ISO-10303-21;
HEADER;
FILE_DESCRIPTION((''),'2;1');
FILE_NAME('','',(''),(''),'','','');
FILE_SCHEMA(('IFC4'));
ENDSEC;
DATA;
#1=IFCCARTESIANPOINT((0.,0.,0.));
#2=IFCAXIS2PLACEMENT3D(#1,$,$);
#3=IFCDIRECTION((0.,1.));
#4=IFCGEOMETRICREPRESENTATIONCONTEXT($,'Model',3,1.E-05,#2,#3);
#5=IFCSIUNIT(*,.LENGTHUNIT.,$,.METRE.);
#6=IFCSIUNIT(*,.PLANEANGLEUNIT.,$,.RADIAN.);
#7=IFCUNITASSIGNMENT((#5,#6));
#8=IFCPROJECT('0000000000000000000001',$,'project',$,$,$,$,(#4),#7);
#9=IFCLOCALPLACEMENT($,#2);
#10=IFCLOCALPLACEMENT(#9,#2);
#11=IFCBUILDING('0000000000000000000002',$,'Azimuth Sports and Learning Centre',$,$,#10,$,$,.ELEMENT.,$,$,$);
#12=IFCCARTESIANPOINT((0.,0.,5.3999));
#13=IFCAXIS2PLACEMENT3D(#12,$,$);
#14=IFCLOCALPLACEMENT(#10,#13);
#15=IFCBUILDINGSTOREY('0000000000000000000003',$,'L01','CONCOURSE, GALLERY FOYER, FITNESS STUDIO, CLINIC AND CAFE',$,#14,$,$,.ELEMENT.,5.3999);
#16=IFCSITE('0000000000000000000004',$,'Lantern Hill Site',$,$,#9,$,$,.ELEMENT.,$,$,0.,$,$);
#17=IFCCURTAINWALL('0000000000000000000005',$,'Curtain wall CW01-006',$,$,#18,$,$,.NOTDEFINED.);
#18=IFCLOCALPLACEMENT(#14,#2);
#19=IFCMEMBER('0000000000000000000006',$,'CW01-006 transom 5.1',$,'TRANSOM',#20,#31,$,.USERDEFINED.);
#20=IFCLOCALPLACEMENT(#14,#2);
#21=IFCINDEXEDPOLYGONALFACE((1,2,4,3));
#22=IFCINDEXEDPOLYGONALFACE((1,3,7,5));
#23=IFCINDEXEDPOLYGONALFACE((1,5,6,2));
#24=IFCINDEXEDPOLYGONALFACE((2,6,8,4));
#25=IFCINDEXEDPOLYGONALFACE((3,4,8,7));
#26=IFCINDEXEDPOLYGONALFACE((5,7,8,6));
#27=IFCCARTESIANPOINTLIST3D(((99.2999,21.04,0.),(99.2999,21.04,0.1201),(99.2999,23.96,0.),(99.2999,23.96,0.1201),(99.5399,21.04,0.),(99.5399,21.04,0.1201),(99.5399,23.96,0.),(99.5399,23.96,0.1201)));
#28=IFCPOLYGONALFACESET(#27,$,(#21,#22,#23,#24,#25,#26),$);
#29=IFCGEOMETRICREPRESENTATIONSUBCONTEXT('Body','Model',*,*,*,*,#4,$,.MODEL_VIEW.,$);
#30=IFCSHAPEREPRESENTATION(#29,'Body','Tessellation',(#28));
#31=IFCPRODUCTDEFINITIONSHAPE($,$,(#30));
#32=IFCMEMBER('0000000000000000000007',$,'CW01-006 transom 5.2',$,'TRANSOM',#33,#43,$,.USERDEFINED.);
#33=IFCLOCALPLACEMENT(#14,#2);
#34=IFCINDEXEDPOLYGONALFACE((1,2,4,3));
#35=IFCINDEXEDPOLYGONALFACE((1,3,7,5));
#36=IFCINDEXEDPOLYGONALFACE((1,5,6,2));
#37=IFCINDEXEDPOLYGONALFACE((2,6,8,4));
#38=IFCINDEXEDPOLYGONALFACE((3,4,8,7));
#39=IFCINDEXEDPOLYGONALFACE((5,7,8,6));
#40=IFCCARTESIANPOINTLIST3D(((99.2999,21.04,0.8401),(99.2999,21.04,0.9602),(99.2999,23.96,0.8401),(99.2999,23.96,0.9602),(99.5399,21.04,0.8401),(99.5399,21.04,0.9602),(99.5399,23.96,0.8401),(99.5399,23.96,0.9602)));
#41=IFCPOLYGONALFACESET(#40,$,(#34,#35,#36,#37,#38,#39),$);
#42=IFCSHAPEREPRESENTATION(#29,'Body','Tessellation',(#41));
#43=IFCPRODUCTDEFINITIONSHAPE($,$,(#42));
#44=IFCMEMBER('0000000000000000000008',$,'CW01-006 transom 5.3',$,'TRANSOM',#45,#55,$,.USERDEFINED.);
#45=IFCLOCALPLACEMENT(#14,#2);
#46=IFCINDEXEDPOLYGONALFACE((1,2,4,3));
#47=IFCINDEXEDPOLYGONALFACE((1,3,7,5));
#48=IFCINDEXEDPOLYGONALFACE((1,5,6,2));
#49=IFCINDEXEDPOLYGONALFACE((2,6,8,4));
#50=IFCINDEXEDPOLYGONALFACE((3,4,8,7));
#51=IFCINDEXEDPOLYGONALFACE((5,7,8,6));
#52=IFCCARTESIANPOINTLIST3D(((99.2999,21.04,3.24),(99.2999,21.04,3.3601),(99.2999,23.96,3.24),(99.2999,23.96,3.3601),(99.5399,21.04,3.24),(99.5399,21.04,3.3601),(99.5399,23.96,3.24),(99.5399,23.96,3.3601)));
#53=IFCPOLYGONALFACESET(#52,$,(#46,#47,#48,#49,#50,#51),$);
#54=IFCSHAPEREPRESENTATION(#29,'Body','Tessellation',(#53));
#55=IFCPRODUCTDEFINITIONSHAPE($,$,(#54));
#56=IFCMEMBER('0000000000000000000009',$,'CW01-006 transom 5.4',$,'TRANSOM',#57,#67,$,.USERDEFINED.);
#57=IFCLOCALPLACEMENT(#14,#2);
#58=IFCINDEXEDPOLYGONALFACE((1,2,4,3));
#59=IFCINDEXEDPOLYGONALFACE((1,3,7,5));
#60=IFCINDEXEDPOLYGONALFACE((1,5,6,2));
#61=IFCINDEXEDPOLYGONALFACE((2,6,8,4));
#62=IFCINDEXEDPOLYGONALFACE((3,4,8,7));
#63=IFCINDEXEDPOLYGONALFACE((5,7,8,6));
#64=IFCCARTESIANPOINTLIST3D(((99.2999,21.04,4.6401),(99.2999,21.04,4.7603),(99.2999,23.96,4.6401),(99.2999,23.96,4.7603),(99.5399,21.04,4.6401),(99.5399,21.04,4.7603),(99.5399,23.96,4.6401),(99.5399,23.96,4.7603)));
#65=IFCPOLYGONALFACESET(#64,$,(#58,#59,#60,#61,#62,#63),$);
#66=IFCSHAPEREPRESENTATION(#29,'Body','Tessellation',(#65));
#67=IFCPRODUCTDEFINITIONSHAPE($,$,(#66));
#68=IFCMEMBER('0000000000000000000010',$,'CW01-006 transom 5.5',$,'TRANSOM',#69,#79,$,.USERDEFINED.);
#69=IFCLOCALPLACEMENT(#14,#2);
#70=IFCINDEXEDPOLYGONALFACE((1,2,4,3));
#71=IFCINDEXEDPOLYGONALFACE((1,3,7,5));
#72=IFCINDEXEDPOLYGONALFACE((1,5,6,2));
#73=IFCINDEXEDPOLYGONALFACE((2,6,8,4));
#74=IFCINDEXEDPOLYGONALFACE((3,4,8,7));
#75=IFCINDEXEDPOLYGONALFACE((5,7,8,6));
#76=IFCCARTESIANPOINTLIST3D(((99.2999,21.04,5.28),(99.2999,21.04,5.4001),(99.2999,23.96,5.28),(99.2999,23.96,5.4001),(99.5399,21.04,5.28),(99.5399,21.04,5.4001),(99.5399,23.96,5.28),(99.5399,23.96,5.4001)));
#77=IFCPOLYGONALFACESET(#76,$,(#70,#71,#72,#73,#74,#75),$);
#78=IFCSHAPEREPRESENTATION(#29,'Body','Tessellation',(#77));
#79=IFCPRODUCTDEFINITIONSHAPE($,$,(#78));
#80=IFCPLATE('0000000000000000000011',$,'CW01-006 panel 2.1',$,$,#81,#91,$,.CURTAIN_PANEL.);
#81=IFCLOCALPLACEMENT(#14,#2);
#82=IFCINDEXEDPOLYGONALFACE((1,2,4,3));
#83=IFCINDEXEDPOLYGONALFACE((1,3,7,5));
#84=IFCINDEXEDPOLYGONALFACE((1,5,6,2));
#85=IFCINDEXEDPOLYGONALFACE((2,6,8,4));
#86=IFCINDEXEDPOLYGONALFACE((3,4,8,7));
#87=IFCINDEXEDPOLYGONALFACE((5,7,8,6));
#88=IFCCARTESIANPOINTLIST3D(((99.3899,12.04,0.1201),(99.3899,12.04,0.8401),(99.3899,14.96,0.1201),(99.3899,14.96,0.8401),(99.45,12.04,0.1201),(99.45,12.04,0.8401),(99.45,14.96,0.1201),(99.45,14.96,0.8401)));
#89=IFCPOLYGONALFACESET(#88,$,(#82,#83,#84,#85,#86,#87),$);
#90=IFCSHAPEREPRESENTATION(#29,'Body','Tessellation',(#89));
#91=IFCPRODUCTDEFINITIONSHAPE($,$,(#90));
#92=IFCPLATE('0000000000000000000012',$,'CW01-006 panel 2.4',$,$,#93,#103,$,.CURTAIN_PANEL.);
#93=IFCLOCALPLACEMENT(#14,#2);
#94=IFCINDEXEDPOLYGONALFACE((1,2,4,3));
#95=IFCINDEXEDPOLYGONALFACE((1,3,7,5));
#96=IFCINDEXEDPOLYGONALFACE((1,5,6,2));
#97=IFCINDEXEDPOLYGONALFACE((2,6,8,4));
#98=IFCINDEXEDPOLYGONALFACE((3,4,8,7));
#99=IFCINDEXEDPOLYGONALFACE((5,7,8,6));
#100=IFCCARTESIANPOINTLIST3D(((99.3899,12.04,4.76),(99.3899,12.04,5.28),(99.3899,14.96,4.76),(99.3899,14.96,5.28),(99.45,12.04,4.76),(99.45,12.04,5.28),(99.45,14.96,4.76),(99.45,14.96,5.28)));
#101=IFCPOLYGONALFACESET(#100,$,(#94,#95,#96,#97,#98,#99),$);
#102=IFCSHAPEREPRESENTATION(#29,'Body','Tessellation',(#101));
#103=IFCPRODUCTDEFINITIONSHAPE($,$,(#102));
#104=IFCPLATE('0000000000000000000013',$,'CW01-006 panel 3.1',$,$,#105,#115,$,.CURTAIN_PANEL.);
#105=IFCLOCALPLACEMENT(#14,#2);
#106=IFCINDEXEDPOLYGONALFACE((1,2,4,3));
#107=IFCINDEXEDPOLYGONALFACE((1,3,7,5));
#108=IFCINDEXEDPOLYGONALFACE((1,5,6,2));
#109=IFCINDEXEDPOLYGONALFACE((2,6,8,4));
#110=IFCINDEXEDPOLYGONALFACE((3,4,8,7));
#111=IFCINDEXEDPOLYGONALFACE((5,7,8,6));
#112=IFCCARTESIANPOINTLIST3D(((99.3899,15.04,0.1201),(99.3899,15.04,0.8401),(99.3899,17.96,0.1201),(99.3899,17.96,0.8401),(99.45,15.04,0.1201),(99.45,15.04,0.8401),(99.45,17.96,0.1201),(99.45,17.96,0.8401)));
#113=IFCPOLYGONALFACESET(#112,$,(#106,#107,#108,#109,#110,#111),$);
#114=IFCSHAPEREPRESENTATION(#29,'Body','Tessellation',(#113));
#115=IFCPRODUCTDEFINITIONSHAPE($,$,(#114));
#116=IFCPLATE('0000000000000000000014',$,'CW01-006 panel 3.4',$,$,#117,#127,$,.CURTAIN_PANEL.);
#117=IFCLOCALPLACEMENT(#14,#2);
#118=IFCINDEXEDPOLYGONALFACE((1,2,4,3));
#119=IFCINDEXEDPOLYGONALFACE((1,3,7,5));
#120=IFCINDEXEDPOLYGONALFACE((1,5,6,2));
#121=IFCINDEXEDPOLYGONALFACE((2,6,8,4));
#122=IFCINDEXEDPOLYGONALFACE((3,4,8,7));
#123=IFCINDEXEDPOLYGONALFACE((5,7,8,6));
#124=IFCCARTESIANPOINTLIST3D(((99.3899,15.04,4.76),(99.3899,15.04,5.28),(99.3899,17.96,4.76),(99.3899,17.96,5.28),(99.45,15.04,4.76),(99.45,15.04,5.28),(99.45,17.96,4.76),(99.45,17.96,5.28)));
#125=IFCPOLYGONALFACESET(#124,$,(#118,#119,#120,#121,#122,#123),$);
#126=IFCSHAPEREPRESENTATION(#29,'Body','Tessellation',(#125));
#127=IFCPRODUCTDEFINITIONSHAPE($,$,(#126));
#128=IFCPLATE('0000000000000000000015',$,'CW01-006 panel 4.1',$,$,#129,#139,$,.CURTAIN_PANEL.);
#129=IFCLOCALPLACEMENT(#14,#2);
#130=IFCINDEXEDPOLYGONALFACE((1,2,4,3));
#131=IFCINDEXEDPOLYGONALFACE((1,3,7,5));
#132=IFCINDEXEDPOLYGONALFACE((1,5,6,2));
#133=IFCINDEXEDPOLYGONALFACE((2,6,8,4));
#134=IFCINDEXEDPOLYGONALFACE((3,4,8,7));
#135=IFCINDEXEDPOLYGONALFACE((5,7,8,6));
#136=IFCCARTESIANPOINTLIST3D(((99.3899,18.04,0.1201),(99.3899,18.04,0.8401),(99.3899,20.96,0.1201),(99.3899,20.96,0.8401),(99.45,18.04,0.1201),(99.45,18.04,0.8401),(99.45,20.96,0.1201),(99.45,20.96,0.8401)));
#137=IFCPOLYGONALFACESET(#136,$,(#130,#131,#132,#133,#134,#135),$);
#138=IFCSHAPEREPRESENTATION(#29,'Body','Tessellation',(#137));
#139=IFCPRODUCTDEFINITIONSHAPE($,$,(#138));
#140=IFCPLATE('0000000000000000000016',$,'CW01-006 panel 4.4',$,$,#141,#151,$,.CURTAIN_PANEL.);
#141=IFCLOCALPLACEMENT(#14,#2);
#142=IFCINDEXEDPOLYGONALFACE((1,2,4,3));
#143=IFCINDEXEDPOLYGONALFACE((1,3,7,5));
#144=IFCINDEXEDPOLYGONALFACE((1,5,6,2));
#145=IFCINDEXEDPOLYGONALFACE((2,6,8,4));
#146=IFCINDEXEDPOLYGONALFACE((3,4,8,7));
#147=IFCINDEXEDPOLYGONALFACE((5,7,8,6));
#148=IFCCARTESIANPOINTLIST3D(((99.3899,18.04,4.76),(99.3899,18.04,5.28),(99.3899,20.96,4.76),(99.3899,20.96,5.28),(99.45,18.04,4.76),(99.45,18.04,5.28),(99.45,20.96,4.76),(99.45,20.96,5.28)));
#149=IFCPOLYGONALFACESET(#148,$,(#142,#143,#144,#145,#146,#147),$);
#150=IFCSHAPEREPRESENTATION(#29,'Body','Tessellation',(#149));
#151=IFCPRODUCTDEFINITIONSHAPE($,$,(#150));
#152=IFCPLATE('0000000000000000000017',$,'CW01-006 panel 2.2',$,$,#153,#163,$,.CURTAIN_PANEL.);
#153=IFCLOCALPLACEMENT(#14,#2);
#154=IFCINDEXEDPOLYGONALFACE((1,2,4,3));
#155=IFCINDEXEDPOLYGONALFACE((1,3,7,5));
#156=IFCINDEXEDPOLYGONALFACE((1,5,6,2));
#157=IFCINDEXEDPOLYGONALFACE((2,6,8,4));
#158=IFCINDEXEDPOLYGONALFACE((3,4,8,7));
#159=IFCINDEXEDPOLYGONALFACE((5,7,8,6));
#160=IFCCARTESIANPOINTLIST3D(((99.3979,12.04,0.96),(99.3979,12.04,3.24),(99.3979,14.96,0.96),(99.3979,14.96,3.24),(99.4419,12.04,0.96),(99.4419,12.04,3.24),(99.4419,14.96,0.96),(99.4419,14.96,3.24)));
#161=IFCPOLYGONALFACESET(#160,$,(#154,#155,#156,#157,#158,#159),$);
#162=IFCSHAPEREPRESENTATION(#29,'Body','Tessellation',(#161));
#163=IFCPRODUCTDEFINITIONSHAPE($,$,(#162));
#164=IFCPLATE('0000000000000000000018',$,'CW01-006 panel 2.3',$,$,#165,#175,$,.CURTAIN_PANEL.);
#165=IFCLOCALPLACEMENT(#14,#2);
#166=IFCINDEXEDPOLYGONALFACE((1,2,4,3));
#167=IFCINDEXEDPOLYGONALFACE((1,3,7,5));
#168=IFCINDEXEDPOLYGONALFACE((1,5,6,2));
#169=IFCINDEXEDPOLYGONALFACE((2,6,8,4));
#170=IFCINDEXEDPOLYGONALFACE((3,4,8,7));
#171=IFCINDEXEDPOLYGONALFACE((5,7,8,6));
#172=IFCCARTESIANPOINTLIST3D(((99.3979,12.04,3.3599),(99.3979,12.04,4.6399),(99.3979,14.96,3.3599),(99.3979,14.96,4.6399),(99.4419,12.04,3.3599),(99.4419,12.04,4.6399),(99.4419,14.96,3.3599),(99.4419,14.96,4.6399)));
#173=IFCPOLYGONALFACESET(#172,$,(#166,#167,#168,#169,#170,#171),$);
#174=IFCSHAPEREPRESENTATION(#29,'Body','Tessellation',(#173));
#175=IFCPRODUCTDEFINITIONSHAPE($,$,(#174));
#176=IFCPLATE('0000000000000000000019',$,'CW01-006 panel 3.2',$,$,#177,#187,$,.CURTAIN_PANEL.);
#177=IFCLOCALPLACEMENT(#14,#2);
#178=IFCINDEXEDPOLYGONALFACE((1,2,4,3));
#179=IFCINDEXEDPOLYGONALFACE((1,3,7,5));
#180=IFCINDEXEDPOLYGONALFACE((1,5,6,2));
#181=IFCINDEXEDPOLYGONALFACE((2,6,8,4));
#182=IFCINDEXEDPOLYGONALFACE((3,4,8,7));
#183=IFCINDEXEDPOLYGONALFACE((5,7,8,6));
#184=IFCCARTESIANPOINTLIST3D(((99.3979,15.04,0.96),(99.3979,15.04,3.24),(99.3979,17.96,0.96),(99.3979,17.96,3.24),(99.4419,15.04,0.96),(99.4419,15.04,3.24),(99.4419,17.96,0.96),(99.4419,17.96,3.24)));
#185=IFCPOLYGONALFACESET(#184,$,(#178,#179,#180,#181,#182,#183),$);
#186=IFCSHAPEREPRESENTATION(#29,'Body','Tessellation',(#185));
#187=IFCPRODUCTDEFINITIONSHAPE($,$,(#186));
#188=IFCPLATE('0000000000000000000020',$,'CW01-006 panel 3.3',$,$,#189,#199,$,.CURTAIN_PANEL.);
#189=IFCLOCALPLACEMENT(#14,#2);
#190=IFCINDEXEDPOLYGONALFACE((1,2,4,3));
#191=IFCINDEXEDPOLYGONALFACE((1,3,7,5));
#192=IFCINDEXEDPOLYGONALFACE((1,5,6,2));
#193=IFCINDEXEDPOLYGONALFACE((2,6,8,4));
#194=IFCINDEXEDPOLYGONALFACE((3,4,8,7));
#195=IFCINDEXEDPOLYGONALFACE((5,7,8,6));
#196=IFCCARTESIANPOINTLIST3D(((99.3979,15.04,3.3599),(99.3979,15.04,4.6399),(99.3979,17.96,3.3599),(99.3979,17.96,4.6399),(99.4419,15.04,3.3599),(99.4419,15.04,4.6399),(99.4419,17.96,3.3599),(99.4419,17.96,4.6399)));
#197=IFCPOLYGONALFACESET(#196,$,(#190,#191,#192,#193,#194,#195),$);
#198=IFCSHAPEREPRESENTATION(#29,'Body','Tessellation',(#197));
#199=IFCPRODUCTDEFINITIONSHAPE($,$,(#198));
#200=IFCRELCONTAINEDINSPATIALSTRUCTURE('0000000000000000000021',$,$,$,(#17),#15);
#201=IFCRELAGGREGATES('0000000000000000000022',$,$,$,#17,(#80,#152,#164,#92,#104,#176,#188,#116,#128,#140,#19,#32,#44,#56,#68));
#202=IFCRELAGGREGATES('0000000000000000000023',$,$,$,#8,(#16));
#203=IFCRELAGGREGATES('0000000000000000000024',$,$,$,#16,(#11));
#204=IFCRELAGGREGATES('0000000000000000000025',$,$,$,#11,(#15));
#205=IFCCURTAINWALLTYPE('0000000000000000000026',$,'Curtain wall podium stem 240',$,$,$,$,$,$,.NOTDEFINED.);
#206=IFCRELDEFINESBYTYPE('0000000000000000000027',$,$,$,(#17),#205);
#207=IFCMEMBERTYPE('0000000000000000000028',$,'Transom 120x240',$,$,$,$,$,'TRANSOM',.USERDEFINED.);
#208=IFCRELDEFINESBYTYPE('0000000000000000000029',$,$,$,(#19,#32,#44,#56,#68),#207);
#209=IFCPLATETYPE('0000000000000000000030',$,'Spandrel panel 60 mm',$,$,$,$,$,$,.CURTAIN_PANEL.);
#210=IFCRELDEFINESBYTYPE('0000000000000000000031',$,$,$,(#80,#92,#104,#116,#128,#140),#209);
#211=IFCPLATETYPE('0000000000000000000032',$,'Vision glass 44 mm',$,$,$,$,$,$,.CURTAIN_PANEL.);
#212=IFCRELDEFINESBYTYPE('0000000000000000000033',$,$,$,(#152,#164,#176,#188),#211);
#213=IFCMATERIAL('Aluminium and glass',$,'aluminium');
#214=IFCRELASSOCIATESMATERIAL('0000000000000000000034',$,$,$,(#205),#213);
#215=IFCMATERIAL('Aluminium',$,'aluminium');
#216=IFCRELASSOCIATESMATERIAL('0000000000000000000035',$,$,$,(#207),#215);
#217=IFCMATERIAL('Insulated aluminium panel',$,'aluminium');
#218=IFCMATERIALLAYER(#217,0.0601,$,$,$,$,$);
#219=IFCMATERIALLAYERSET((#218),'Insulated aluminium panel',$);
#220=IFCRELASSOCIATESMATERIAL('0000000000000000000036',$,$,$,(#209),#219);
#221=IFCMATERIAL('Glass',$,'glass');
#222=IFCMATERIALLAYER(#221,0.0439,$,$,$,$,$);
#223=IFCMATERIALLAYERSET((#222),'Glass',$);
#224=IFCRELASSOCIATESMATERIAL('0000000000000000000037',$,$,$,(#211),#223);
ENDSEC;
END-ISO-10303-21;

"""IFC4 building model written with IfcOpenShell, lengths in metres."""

from ifc_helpers import new_model, si_unit, direction, frame, origin, origin_2d, place, context, subcontext, project, spatial, rectangle, extrude, material, layer, layer_set, material_profile, profile_set, type_object, element, aggregate, save


model = new_model("IFC4")

# Units and contexts
model_context = context("Model", 3, precision=1e-05, world=origin(), true_north=direction((0.0, 1.0)))
body_context = subcontext(model_context, "Body", "Model", "MODEL_VIEW")
ifc_project = project(units=[si_unit("LENGTHUNIT", "METRE"), si_unit("PLANEANGLEUNIT", "RADIAN")], contexts=[model_context])

# Site, building, storey
site_placement = place(None, origin())
site = spatial("IfcSite", under=ifc_project, at=site_placement, Name="Lantern Hill Site", CompositionType="ELEMENT", RefElevation=0.0)
building_placement = place(site_placement, origin())
building = spatial("IfcBuilding", under=site, at=building_placement, Name="Azimuth Sports and Learning Centre", CompositionType="ELEMENT")
storey_placement = place(building_placement, frame((0.0, 0.0, 5.3999)))
storey = spatial("IfcBuildingStorey", under=building, at=storey_placement, Name="L01", Description="CONCOURSE, GALLERY FOYER, FITNESS STUDIO, CLINIC AND CAFE", CompositionType="ELEMENT", Elevation=5.3999)

# Curtain wall, members, plates
ifc_material_1 = material(Name="Aluminium and glass", Category="aluminium")
curtain_wall_type = type_object("IfcCurtainWallType", Name="Curtain wall podium stem 240", PredefinedType="NOTDEFINED", material=ifc_material_1)
curtain_wall_placement = place(storey_placement, origin())
curtain_wall = element("IfcCurtainWall", 1, at=curtain_wall_placement, inside=storey, type_object=curtain_wall_type, Name="Curtain wall CW01-006", PredefinedType="NOTDEFINED")
ifc_material_2 = material(Name="Aluminium", Category="aluminium")
ifc_material_profile_1 = material_profile(ifc_material_2, rectangle(XDim=0.24, YDim=0.1201, at=origin_2d()), Name="Transom 120x240")
ifc_profile_set_1 = profile_set([ifc_material_profile_1], Name="Aluminium")
member_type_1 = type_object("IfcMemberType", Name="Transom 120x240", ElementType="TRANSOM", PredefinedType="USERDEFINED", material=ifc_profile_set_1)
member_1_placement = place(storey_placement, frame((99.4199, 21.04, 0.0601), z_axis=(0.0, 1.0, 0.0), x_axis=(-1.0, 0.0, 0.0)))
member_1 = element("IfcMember", 2, at=member_1_placement, type_object=member_type_1, Name="CW01-006 transom 5.1", ObjectType="TRANSOM", PredefinedType="USERDEFINED", context=body_context, shape_type="SweptSolid", body=[
    extrude(rectangle(XDim=0.24, YDim=0.1201, at=origin_2d()), origin(), (0.0, 0.0, 1.0), 2.9199),
])
member_2_placement = place(storey_placement, frame((99.4199, 21.04, 0.9001), z_axis=(0.0, 1.0, 0.0), x_axis=(-1.0, 0.0, 0.0)))
member_2 = element("IfcMember", 3, at=member_2_placement, type_object=member_type_1, Name="CW01-006 transom 5.2", ObjectType="TRANSOM", PredefinedType="USERDEFINED", context=body_context, shape_type="SweptSolid", body=[
    extrude(rectangle(XDim=0.24, YDim=0.1201, at=origin_2d()), origin(), (0.0, 0.0, 1.0), 2.9199),
])
member_3_placement = place(storey_placement, frame((99.4199, 21.04, 3.3), z_axis=(0.0, 1.0, 0.0), x_axis=(-1.0, 0.0, 0.0)))
member_3 = element("IfcMember", 4, at=member_3_placement, type_object=member_type_1, Name="CW01-006 transom 5.3", ObjectType="TRANSOM", PredefinedType="USERDEFINED", context=body_context, shape_type="SweptSolid", body=[
    extrude(rectangle(XDim=0.24, YDim=0.1201, at=origin_2d()), origin(), (0.0, 0.0, 1.0), 2.9199),
])
member_4_placement = place(storey_placement, frame((99.4199, 21.04, 4.7002), z_axis=(0.0, 1.0, 0.0), x_axis=(-1.0, 0.0, 0.0)))
member_4 = element("IfcMember", 5, at=member_4_placement, type_object=member_type_1, Name="CW01-006 transom 5.4", ObjectType="TRANSOM", PredefinedType="USERDEFINED", context=body_context, shape_type="SweptSolid", body=[
    extrude(rectangle(XDim=0.24, YDim=0.1201, at=origin_2d()), origin(), (0.0, 0.0, 1.0), 2.9199),
])
member_5_placement = place(storey_placement, frame((99.4199, 21.04, 5.3401), z_axis=(0.0, 1.0, 0.0), x_axis=(-1.0, 0.0, 0.0)))
member_5 = element("IfcMember", 6, at=member_5_placement, type_object=member_type_1, Name="CW01-006 transom 5.5", ObjectType="TRANSOM", PredefinedType="USERDEFINED", context=body_context, shape_type="SweptSolid", body=[
    extrude(rectangle(XDim=0.24, YDim=0.1201, at=origin_2d()), origin(), (0.0, 0.0, 1.0), 2.9199),
])
ifc_material_3 = material(Name="Insulated aluminium panel", Category="aluminium")
ifc_layer_1 = layer(ifc_material_3, 0.0601)
ifc_layer_set_1 = layer_set([ifc_layer_1], Name="Insulated aluminium panel")
plate_type_1 = type_object("IfcPlateType", Name="Spandrel panel 60 mm", PredefinedType="CURTAIN_PANEL", material=ifc_layer_set_1)
plate_1_placement = place(storey_placement, frame((99.4199, 13.5, 0.1201), z_axis=(0.0, 0.0, 1.0), x_axis=(0.0, 1.0, 0.0)))
plate_1 = element("IfcPlate", 7, at=plate_1_placement, type_object=plate_type_1, Name="CW01-006 panel 2.1", PredefinedType="CURTAIN_PANEL", context=body_context, shape_type="SweptSolid", body=[
    extrude(rectangle(XDim=2.9199, YDim=0.0601, at=origin_2d()), origin(), (0.0, 0.0, 1.0), 0.72),
])
plate_2_placement = place(storey_placement, frame((99.4199, 13.5, 4.76), z_axis=(0.0, 0.0, 1.0), x_axis=(0.0, 1.0, 0.0)))
plate_2 = element("IfcPlate", 8, at=plate_2_placement, type_object=plate_type_1, Name="CW01-006 panel 2.4", PredefinedType="CURTAIN_PANEL", context=body_context, shape_type="SweptSolid", body=[
    extrude(rectangle(XDim=2.9199, YDim=0.0601, at=origin_2d()), origin(), (0.0, 0.0, 1.0), 0.52),
])
plate_3_placement = place(storey_placement, frame((99.4199, 16.5, 0.1201), z_axis=(0.0, 0.0, 1.0), x_axis=(0.0, 1.0, 0.0)))
plate_3 = element("IfcPlate", 9, at=plate_3_placement, type_object=plate_type_1, Name="CW01-006 panel 3.1", PredefinedType="CURTAIN_PANEL", context=body_context, shape_type="SweptSolid", body=[
    extrude(rectangle(XDim=2.9199, YDim=0.0601, at=origin_2d()), origin(), (0.0, 0.0, 1.0), 0.72),
])
plate_4_placement = place(storey_placement, frame((99.4199, 16.5, 4.76), z_axis=(0.0, 0.0, 1.0), x_axis=(0.0, 1.0, 0.0)))
plate_4 = element("IfcPlate", 10, at=plate_4_placement, type_object=plate_type_1, Name="CW01-006 panel 3.4", PredefinedType="CURTAIN_PANEL", context=body_context, shape_type="SweptSolid", body=[
    extrude(rectangle(XDim=2.9199, YDim=0.0601, at=origin_2d()), origin(), (0.0, 0.0, 1.0), 0.52),
])
plate_5_placement = place(storey_placement, frame((99.4199, 19.5, 0.1201), z_axis=(0.0, 0.0, 1.0), x_axis=(0.0, 1.0, 0.0)))
plate_5 = element("IfcPlate", 11, at=plate_5_placement, type_object=plate_type_1, Name="CW01-006 panel 4.1", PredefinedType="CURTAIN_PANEL", context=body_context, shape_type="SweptSolid", body=[
    extrude(rectangle(XDim=2.9199, YDim=0.0601, at=origin_2d()), origin(), (0.0, 0.0, 1.0), 0.72),
])
plate_6_placement = place(storey_placement, frame((99.4199, 19.5, 4.76), z_axis=(0.0, 0.0, 1.0), x_axis=(0.0, 1.0, 0.0)))
plate_6 = element("IfcPlate", 12, at=plate_6_placement, type_object=plate_type_1, Name="CW01-006 panel 4.4", PredefinedType="CURTAIN_PANEL", context=body_context, shape_type="SweptSolid", body=[
    extrude(rectangle(XDim=2.9199, YDim=0.0601, at=origin_2d()), origin(), (0.0, 0.0, 1.0), 0.52),
])
ifc_material_4 = material(Name="Glass", Category="glass")
ifc_layer_2 = layer(ifc_material_4, 0.0439)
ifc_layer_set_2 = layer_set([ifc_layer_2], Name="Glass")
plate_type_2 = type_object("IfcPlateType", Name="Vision glass 44 mm", PredefinedType="CURTAIN_PANEL", material=ifc_layer_set_2)
plate_7_placement = place(storey_placement, frame((99.4199, 13.5, 0.96), z_axis=(0.0, 0.0, 1.0), x_axis=(0.0, 1.0, 0.0)))
plate_7 = element("IfcPlate", 13, at=plate_7_placement, type_object=plate_type_2, Name="CW01-006 panel 2.2", PredefinedType="CURTAIN_PANEL", context=body_context, shape_type="SweptSolid", body=[
    extrude(rectangle(XDim=2.9199, YDim=0.0439, at=origin_2d()), origin(), (0.0, 0.0, 1.0), 2.28),
])
plate_8_placement = place(storey_placement, frame((99.4199, 13.5, 3.3599), z_axis=(0.0, 0.0, 1.0), x_axis=(0.0, 1.0, 0.0)))
plate_8 = element("IfcPlate", 14, at=plate_8_placement, type_object=plate_type_2, Name="CW01-006 panel 2.3", PredefinedType="CURTAIN_PANEL", context=body_context, shape_type="SweptSolid", body=[
    extrude(rectangle(XDim=2.9199, YDim=0.0439, at=origin_2d()), origin(), (0.0, 0.0, 1.0), 1.28),
])
plate_9_placement = place(storey_placement, frame((99.4199, 16.5, 0.96), z_axis=(0.0, 0.0, 1.0), x_axis=(0.0, 1.0, 0.0)))
plate_9 = element("IfcPlate", 15, at=plate_9_placement, type_object=plate_type_2, Name="CW01-006 panel 3.2", PredefinedType="CURTAIN_PANEL", context=body_context, shape_type="SweptSolid", body=[
    extrude(rectangle(XDim=2.9199, YDim=0.0439, at=origin_2d()), origin(), (0.0, 0.0, 1.0), 2.28),
])
plate_10_placement = place(storey_placement, frame((99.4199, 16.5, 3.3599), z_axis=(0.0, 0.0, 1.0), x_axis=(0.0, 1.0, 0.0)))
plate_10 = element("IfcPlate", 16, at=plate_10_placement, type_object=plate_type_2, Name="CW01-006 panel 3.3", PredefinedType="CURTAIN_PANEL", context=body_context, shape_type="SweptSolid", body=[
    extrude(rectangle(XDim=2.9199, YDim=0.0439, at=origin_2d()), origin(), (0.0, 0.0, 1.0), 1.28),
])
aggregate(curtain_wall, [plate_1, plate_7, plate_8, plate_2, plate_3, plate_9, plate_10, plate_4, plate_5, plate_6, member_1, member_2, member_3, member_4, member_5])

save(model, "model.ifc")
